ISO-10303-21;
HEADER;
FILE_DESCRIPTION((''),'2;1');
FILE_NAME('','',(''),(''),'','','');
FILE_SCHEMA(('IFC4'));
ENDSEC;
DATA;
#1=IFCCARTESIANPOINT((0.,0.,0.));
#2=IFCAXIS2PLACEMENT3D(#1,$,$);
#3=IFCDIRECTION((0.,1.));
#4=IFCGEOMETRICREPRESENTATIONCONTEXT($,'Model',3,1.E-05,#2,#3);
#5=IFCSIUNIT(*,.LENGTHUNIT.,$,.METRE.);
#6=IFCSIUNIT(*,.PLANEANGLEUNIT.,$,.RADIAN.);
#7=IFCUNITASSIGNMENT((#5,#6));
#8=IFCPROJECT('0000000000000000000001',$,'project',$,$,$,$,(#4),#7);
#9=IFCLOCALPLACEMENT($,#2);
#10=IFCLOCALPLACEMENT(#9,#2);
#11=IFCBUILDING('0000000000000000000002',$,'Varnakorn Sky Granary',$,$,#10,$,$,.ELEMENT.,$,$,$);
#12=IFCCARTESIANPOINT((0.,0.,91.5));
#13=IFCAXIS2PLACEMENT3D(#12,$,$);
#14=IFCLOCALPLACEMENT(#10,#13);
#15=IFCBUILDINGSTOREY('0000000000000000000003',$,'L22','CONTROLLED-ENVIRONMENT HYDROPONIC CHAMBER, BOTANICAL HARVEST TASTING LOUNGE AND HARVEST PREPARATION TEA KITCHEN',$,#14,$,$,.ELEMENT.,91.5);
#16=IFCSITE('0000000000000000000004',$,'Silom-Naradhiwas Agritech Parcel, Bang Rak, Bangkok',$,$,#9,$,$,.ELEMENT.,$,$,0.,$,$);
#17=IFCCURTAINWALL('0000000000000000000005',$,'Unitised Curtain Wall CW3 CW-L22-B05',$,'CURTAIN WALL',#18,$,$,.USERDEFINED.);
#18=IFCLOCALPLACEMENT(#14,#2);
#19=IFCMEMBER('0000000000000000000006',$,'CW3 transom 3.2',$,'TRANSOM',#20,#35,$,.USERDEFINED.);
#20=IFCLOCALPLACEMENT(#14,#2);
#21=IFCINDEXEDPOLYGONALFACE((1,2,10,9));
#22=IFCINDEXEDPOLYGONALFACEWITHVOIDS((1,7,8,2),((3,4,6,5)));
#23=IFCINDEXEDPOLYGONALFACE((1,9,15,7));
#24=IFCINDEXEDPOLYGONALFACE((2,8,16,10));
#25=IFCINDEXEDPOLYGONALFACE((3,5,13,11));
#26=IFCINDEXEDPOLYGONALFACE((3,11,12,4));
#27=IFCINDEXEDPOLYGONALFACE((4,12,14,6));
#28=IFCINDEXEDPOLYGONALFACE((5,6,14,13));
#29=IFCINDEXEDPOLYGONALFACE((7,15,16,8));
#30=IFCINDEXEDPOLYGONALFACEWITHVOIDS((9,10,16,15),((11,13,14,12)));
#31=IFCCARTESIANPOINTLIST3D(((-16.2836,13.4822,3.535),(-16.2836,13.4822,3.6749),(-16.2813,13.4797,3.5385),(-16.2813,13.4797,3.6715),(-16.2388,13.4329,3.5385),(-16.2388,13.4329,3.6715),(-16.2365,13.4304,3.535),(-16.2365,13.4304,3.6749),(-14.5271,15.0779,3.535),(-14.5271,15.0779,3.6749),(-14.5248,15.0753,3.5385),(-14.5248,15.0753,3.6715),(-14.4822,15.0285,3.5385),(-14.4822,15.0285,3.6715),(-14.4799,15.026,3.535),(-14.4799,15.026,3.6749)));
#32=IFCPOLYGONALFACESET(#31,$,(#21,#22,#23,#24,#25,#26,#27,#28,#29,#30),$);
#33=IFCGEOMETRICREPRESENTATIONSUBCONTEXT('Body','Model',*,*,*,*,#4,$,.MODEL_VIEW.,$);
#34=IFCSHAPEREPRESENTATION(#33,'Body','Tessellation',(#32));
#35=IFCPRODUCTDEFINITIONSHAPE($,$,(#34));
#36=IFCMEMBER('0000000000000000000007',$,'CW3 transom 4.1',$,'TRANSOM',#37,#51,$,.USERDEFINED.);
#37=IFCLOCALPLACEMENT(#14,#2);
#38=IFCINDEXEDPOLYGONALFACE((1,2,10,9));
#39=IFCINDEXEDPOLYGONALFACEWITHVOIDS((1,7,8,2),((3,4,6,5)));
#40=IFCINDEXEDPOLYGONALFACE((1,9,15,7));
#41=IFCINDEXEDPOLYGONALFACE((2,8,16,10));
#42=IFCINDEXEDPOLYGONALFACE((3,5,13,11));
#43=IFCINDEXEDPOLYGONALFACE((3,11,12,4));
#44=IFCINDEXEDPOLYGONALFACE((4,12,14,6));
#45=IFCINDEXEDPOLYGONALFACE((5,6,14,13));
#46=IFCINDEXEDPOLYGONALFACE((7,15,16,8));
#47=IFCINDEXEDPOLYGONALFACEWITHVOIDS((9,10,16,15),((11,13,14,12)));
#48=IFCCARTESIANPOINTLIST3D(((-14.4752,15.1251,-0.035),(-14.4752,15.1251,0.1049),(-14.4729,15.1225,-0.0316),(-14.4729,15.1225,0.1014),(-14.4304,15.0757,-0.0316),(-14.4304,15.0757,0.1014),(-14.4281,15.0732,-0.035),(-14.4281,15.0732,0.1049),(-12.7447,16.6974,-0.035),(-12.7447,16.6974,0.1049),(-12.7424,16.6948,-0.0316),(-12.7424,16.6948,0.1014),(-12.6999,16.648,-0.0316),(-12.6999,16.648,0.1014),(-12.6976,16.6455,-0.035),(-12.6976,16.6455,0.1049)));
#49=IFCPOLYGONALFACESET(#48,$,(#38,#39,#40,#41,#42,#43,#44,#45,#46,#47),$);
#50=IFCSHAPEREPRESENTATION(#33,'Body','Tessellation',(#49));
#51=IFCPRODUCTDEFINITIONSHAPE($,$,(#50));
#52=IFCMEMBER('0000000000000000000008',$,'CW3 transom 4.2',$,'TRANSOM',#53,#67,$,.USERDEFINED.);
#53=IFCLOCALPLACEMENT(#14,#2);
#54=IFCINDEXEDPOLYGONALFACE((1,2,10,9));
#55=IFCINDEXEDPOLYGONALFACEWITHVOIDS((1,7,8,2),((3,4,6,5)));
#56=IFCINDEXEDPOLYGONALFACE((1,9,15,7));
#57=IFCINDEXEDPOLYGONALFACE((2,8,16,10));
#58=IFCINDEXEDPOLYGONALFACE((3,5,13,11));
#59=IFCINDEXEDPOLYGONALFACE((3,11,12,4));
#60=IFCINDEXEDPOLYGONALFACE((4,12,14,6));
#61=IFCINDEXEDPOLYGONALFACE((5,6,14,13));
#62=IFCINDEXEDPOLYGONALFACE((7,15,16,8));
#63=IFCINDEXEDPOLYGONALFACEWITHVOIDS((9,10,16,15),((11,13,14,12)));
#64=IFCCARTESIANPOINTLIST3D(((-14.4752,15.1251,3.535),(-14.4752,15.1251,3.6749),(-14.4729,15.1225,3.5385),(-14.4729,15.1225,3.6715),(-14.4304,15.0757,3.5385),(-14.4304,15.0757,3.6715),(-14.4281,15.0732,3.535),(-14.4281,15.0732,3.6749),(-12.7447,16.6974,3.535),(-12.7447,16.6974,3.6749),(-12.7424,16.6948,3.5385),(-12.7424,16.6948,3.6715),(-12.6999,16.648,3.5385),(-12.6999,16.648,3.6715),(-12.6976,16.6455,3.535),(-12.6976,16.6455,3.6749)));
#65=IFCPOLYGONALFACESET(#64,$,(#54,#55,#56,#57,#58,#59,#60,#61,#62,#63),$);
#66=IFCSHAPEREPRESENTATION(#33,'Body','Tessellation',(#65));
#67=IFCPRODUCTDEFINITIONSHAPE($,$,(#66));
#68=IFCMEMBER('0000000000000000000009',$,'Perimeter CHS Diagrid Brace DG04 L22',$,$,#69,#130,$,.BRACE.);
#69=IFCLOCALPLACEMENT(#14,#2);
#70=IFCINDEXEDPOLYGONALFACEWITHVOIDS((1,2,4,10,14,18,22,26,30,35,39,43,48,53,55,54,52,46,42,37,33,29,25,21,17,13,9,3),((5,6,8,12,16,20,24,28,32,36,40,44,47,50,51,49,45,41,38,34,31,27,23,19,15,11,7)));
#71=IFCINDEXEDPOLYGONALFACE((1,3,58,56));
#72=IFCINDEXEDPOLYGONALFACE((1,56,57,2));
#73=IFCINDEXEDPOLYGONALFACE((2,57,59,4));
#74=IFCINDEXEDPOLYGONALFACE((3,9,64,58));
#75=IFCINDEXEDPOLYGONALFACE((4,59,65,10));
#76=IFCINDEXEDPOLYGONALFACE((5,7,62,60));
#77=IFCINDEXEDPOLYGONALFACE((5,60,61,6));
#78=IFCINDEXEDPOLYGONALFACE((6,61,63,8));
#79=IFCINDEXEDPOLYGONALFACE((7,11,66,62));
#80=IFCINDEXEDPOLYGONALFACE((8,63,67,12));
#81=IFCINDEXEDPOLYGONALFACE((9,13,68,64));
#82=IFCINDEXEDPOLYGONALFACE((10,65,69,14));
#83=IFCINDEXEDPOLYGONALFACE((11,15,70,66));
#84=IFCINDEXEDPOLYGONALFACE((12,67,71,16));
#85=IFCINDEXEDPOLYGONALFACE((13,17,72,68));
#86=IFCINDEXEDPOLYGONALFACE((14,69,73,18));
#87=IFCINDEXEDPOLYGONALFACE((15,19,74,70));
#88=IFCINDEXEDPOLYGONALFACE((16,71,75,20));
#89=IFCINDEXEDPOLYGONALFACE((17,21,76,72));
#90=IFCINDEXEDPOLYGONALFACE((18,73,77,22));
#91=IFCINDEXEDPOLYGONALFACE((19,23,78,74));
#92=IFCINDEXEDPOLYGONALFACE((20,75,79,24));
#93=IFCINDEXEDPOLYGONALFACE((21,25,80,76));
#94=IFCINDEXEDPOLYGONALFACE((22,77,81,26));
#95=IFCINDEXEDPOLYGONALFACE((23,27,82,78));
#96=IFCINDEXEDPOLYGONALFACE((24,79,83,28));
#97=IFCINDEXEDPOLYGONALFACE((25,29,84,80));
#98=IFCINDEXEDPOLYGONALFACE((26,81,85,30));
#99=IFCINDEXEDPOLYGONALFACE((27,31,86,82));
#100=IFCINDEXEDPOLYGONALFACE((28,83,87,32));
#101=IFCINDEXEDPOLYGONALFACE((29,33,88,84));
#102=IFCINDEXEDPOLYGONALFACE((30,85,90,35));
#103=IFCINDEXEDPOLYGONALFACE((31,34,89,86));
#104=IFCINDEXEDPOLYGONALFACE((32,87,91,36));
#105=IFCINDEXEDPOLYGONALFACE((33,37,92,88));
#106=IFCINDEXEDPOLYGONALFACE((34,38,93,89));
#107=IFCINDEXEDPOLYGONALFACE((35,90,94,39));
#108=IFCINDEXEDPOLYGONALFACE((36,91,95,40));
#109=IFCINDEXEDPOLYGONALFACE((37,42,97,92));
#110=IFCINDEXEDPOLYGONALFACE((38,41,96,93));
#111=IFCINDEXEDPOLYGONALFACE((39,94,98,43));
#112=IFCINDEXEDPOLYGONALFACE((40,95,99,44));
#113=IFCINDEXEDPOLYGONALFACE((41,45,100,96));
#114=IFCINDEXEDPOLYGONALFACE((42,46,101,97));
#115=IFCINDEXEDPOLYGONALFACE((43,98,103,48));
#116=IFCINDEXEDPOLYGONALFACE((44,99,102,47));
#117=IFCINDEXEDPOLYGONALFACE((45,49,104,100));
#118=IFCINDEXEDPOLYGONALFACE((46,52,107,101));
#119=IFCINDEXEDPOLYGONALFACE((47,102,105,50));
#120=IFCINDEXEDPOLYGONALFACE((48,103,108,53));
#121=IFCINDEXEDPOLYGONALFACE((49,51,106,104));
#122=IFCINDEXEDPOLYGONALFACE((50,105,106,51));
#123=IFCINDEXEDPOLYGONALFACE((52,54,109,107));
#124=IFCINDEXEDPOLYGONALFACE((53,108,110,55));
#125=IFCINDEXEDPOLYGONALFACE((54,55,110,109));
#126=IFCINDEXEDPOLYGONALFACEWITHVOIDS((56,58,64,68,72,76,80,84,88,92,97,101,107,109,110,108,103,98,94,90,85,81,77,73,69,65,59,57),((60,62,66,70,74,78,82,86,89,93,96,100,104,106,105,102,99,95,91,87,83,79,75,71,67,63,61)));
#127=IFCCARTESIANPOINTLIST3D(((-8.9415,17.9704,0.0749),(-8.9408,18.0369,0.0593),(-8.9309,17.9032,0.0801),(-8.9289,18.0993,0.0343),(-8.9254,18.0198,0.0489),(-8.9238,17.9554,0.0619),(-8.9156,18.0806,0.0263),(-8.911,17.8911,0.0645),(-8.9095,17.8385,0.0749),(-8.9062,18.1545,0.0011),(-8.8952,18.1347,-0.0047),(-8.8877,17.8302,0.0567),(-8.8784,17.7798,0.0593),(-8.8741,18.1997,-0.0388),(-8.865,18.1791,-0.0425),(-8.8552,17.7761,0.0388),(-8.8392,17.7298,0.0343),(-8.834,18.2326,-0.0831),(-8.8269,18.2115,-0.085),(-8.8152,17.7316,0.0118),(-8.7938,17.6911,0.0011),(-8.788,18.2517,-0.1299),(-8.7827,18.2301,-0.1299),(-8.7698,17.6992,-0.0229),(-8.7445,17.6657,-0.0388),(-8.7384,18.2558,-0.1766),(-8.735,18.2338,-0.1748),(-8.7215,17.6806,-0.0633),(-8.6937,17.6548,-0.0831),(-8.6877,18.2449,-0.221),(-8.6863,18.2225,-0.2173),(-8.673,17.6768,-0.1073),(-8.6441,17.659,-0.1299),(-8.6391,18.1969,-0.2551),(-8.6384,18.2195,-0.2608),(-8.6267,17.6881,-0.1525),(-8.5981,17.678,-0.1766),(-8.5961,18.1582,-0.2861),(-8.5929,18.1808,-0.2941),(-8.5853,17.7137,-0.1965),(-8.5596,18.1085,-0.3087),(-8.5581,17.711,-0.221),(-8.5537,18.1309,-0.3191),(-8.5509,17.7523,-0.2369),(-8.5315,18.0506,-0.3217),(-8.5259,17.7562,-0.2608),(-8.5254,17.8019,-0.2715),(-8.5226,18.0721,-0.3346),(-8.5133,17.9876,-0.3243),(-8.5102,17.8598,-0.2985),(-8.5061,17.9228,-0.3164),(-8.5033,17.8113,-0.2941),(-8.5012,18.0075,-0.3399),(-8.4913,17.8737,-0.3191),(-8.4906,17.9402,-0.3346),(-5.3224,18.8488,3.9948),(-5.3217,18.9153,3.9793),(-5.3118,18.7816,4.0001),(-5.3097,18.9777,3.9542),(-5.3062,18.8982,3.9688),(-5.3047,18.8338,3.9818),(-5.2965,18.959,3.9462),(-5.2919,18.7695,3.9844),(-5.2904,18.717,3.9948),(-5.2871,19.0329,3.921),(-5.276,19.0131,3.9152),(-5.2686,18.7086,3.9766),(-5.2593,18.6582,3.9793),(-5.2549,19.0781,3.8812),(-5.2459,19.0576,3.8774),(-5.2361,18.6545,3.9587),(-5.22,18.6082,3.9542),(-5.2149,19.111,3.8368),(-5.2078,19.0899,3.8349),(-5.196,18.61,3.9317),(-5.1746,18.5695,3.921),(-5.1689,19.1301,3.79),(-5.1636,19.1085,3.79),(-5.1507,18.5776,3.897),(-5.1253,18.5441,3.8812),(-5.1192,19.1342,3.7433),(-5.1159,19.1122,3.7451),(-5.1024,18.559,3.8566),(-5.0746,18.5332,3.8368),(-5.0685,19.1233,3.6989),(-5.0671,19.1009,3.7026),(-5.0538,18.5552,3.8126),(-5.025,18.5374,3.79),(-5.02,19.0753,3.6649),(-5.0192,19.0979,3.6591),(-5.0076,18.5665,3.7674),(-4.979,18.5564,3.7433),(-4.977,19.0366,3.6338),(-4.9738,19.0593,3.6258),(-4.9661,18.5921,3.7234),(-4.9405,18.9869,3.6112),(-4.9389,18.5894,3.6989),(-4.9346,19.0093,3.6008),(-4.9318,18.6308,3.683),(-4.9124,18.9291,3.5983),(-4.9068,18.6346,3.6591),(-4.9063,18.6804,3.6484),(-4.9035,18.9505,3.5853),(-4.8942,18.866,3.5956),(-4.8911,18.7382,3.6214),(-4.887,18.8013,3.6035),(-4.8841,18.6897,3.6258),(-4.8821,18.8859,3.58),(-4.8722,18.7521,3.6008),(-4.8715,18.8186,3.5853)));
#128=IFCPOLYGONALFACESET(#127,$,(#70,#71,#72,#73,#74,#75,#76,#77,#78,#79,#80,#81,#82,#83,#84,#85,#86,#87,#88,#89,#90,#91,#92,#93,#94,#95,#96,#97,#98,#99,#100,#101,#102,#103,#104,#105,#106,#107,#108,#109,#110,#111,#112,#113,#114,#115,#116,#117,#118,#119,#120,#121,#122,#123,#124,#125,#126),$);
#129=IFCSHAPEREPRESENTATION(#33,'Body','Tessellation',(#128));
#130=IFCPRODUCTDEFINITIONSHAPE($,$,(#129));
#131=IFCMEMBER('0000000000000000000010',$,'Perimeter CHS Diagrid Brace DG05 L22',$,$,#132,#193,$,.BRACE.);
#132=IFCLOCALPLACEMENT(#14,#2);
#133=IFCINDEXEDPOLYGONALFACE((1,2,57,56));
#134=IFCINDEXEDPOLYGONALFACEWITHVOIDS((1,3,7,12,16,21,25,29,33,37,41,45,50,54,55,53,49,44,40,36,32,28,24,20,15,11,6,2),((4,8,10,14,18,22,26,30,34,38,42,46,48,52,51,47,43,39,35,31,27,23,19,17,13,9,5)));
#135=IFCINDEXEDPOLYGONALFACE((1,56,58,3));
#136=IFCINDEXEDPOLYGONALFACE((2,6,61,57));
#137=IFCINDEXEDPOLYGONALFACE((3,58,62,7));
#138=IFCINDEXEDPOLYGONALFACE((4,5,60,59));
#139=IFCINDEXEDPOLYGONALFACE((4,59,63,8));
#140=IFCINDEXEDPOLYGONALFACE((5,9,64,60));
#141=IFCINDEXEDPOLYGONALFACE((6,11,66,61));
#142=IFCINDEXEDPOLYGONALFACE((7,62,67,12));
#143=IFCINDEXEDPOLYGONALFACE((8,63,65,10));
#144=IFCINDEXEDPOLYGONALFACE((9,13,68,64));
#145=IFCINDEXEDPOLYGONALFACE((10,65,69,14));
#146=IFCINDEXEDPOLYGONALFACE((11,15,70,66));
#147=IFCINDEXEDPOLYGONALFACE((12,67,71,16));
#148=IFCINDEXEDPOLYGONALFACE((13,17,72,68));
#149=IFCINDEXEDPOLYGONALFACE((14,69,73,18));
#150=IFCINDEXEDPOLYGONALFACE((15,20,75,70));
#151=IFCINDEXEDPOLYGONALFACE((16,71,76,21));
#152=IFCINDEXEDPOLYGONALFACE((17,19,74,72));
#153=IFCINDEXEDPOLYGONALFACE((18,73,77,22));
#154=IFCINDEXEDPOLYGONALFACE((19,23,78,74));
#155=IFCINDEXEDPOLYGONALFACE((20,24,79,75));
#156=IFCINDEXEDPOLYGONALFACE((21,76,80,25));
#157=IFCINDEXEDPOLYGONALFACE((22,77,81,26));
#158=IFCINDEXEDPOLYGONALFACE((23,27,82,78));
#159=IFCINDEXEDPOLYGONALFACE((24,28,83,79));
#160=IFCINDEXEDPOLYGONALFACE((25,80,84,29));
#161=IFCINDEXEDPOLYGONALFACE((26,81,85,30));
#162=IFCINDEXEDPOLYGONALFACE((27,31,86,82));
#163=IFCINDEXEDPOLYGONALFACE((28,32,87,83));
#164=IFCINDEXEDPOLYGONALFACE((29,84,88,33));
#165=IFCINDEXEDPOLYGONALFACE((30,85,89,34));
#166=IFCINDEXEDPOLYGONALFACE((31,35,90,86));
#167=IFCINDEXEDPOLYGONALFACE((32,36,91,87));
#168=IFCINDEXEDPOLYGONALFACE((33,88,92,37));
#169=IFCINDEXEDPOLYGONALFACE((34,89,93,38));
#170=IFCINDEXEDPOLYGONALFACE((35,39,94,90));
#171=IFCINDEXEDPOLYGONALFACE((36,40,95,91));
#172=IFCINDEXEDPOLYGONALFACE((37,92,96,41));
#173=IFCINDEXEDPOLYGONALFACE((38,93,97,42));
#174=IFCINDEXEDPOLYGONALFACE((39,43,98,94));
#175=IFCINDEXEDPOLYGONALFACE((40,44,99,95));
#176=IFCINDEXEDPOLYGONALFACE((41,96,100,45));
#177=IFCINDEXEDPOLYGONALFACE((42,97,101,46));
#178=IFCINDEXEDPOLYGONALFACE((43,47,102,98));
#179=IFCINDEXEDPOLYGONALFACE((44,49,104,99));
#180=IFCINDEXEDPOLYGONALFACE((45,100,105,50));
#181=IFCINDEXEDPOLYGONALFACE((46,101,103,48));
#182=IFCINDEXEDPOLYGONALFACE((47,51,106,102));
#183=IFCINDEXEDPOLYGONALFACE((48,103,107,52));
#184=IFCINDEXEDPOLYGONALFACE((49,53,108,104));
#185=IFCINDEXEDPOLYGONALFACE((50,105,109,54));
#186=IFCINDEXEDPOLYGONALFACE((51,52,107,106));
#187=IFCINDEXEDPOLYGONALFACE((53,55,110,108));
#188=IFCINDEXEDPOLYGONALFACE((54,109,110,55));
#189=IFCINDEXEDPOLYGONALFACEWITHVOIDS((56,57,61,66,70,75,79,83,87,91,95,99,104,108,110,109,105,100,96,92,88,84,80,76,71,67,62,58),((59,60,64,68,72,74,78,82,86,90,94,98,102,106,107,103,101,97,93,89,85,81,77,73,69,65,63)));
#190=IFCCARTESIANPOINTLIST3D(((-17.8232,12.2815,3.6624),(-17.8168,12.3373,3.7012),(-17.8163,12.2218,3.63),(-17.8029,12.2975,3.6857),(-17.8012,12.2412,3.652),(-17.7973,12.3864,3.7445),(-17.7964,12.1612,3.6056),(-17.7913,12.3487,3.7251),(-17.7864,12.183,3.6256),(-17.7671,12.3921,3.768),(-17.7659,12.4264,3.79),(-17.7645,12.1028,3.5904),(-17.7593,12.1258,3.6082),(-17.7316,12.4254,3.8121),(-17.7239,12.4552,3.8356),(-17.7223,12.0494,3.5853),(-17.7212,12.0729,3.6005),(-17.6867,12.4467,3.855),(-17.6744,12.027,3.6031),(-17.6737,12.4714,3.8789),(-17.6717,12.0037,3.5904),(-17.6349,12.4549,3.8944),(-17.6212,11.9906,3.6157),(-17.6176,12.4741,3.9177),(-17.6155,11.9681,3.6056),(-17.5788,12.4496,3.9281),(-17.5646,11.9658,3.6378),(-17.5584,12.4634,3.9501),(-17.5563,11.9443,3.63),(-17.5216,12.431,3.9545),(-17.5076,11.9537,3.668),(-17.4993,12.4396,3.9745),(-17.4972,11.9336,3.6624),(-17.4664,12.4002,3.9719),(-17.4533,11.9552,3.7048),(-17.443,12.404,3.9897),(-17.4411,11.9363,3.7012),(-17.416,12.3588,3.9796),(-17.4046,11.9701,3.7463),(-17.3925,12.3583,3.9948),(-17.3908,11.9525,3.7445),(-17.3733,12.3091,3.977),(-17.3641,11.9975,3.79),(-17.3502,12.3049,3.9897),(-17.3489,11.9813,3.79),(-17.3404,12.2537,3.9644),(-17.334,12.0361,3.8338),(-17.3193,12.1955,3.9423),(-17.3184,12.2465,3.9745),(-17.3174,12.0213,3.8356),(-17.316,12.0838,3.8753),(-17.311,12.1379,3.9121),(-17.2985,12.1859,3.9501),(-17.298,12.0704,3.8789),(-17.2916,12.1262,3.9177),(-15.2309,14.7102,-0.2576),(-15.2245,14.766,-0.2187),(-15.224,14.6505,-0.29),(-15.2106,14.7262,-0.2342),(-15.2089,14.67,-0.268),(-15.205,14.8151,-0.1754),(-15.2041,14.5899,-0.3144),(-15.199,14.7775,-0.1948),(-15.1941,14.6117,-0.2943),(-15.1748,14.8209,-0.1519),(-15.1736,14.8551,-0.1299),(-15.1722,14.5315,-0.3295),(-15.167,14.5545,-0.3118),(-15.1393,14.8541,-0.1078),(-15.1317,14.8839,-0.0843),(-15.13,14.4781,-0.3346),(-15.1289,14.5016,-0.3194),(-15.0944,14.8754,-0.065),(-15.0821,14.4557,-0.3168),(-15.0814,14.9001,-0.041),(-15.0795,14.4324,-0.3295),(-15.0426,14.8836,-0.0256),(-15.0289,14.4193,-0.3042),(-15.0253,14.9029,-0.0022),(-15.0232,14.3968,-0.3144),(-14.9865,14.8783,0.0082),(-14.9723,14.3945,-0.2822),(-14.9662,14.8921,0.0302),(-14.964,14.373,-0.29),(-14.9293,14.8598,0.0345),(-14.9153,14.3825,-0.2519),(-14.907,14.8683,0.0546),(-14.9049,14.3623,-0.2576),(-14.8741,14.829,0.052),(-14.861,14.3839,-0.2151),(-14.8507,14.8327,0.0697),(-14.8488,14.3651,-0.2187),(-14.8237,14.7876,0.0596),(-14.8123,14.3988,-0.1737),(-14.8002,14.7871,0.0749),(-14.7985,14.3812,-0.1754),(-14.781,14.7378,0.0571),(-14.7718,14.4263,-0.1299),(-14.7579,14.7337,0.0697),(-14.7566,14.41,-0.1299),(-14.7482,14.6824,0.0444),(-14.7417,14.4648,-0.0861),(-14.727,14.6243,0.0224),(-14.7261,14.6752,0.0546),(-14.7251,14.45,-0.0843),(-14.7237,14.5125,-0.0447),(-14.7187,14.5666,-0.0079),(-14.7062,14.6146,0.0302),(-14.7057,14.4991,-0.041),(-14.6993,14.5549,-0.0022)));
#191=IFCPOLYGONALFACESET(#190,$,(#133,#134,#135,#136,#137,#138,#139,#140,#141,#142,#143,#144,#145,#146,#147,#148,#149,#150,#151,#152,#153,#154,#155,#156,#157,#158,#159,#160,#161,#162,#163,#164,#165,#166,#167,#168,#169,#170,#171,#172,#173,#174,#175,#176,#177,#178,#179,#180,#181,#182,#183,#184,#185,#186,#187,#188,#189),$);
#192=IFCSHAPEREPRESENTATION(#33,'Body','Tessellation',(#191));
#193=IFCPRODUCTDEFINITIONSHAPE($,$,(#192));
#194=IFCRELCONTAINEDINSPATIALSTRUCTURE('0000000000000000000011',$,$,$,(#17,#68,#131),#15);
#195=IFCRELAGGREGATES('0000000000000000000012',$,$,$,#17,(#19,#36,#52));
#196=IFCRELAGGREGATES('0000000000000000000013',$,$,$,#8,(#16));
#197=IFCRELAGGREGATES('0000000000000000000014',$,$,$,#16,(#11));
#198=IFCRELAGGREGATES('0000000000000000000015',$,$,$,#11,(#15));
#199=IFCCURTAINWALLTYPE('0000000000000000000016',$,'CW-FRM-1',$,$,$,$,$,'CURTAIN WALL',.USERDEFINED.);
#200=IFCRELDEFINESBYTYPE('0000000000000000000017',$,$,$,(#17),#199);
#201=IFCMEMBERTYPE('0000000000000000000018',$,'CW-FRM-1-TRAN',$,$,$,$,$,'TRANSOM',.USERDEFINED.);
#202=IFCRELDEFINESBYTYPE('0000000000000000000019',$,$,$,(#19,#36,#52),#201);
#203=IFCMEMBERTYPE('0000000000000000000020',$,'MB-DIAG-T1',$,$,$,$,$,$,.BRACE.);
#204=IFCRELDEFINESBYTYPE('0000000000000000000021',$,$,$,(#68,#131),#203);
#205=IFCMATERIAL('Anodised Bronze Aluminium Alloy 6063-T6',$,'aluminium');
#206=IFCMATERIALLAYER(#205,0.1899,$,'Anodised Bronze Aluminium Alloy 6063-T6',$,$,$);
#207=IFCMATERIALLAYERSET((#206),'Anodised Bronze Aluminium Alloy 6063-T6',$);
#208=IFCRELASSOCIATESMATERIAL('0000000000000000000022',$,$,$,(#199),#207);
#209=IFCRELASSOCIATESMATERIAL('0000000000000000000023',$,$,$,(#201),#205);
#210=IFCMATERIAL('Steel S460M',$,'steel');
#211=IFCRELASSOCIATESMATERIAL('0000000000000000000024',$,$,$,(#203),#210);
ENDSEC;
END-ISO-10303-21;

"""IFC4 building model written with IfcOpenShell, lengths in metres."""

from ifc_helpers import new_model, si_unit, direction, frame, origin, origin_2d, place, context, subcontext, project, spatial, hollow_rectangle, hollow_circle, extrude, material, layer, layer_set, material_profile, profile_set, type_object, element, aggregate, save


model = new_model("IFC4")

# Units and contexts
model_context = context("Model", 3, precision=1e-05, world=origin(), true_north=direction((0.0, 1.0)))
body_context = subcontext(model_context, "Body", "Model", "MODEL_VIEW")
ifc_project = project(units=[si_unit("LENGTHUNIT", "METRE"), si_unit("PLANEANGLEUNIT", "RADIAN")], contexts=[model_context])

# Site, building, storey
site_placement = place(None, origin())
site = spatial("IfcSite", under=ifc_project, at=site_placement, Name="Silom-Naradhiwas Agritech Parcel, Bang Rak, Bangkok", CompositionType="ELEMENT", RefElevation=0.0)
building_placement = place(site_placement, origin())
building = spatial("IfcBuilding", under=site, at=building_placement, Name="Varnakorn Sky Granary", CompositionType="ELEMENT")
storey_placement = place(building_placement, frame((0.0, 0.0, 91.5)))
storey = spatial("IfcBuildingStorey", under=building, at=storey_placement, Name="L22", Description="CONTROLLED-ENVIRONMENT HYDROPONIC CHAMBER, BOTANICAL HARVEST TASTING LOUNGE AND HARVEST PREPARATION TEA KITCHEN", CompositionType="ELEMENT", Elevation=91.5)

# Shared definitions
ifc_material_1 = material(Name="Steel S460M", Category="steel")

# Curtain wall
ifc_material_2 = material(Name="Anodised Bronze Aluminium Alloy 6063-T6", Category="aluminium")
ifc_layer_1 = layer(ifc_material_2, 0.1899, Name="Anodised Bronze Aluminium Alloy 6063-T6")
ifc_layer_set_1 = layer_set([ifc_layer_1], Name="Anodised Bronze Aluminium Alloy 6063-T6")
curtain_wall_type = type_object("IfcCurtainWallType", Name="CW-FRM-1", ElementType="CURTAIN WALL", PredefinedType="USERDEFINED", material=ifc_layer_set_1)
curtain_wall_1_placement = place(storey_placement, origin())
curtain_wall_1 = element("IfcCurtainWall", 1, at=curtain_wall_1_placement, inside=storey, type_object=curtain_wall_type, Name="Unitised Curtain Wall CW3 CW-L22-B05", ObjectType="CURTAIN WALL", PredefinedType="USERDEFINED")

# Members
ifc_material_profile_1 = material_profile(ifc_material_2, hollow_rectangle(XDim=0.0701, YDim=0.1399, WallThickness=0.0034, at=origin_2d()), Name="ALU TRAN 70x140")
ifc_profile_set_1 = profile_set([ifc_material_profile_1], Name="Anodised Bronze Aluminium Alloy 6063-T6")
member_type_1 = type_object("IfcMemberType", Name="CW-FRM-1-TRAN", ElementType="TRANSOM", PredefinedType="USERDEFINED", material=ifc_profile_set_1)
member_1_placement = place(storey_placement, frame((-16.26, 13.4563, 3.605), z_axis=(0.740191, 0.672396, 0.0), x_axis=(-0.672396, 0.740191, 0.0)))
member_1 = element("IfcMember", 2, at=member_1_placement, type_object=member_type_1, Name="CW3 transom 3.2", ObjectType="TRANSOM", PredefinedType="USERDEFINED", context=body_context, shape_type="SweptSolid", body=[
    extrude(hollow_rectangle(XDim=0.0701, YDim=0.1399, WallThickness=0.0034, at=origin_2d()), origin(), (0.0, 0.0, 1.0), 2.373),
])
member_2_placement = place(storey_placement, frame((-14.4517, 15.0991, 0.0349), z_axis=(0.740129, 0.672465, 0.0), x_axis=(-0.672465, 0.740129, 0.0)))
member_2 = element("IfcMember", 3, at=member_2_placement, type_object=member_type_1, Name="CW3 transom 4.1", ObjectType="TRANSOM", PredefinedType="USERDEFINED", context=body_context, shape_type="SweptSolid", body=[
    extrude(hollow_rectangle(XDim=0.0701, YDim=0.1399, WallThickness=0.0034, at=origin_2d()), origin(), (0.0, 0.0, 1.0), 2.3381),
])
member_3_placement = place(storey_placement, frame((-14.4517, 15.0991, 3.605), z_axis=(0.740129, 0.672465, 0.0), x_axis=(-0.672465, 0.740129, 0.0)))
member_3 = element("IfcMember", 4, at=member_3_placement, type_object=member_type_1, Name="CW3 transom 4.2", ObjectType="TRANSOM", PredefinedType="USERDEFINED", context=body_context, shape_type="SweptSolid", body=[
    extrude(hollow_rectangle(XDim=0.0701, YDim=0.1399, WallThickness=0.0034, at=origin_2d()), origin(), (0.0, 0.0, 1.0), 2.3381),
])

# Members
ifc_material_profile_2 = material_profile(ifc_material_1, hollow_circle(Radius=0.3049, WallThickness=0.0222, at=origin_2d()), Name="CHS 610x22")
ifc_profile_set_2 = profile_set([ifc_material_profile_2], Name="Steel S460M")
member_type_2 = type_object("IfcMemberType", Name="MB-DIAG-T1", PredefinedType="BRACE", material=ifc_profile_set_2)
member_4_placement = place(storey_placement, frame((-8.7161, 17.9553, -0.1299), z_axis=(0.669344, 0.16246, 0.724972), x_axis=(-0.235866, 0.971785, 0.0)))
element("IfcMember", 5, at=member_4_placement, inside=storey, type_object=member_type_2, Name="Perimeter CHS Diagrid Brace DG04 L22", PredefinedType="BRACE", context=body_context, shape_type="SweptSolid", body=[
    extrude(hollow_circle(Radius=0.3049, WallThickness=0.0222, at=origin_2d()), origin(), (0.0, 0.0, 1.0), 5.407),
])
member_5_placement = place(storey_placement, frame((-14.9651, 14.6326, -0.1299), z_axis=(-0.490033, -0.459111, 0.741002), x_axis=(0.683708, -0.729756, 0.0)))
element("IfcMember", 6, at=member_5_placement, inside=storey, type_object=member_type_2, Name="Perimeter CHS Diagrid Brace DG05 L22", PredefinedType="BRACE", context=body_context, shape_type="SweptSolid", body=[
    extrude(hollow_circle(Radius=0.3049, WallThickness=0.0222, at=origin_2d()), origin(), (0.0, 0.0, 1.0), 5.29),
])

aggregate(curtain_wall_1, [member_1, member_2, member_3])

save(model, "model.ifc")
